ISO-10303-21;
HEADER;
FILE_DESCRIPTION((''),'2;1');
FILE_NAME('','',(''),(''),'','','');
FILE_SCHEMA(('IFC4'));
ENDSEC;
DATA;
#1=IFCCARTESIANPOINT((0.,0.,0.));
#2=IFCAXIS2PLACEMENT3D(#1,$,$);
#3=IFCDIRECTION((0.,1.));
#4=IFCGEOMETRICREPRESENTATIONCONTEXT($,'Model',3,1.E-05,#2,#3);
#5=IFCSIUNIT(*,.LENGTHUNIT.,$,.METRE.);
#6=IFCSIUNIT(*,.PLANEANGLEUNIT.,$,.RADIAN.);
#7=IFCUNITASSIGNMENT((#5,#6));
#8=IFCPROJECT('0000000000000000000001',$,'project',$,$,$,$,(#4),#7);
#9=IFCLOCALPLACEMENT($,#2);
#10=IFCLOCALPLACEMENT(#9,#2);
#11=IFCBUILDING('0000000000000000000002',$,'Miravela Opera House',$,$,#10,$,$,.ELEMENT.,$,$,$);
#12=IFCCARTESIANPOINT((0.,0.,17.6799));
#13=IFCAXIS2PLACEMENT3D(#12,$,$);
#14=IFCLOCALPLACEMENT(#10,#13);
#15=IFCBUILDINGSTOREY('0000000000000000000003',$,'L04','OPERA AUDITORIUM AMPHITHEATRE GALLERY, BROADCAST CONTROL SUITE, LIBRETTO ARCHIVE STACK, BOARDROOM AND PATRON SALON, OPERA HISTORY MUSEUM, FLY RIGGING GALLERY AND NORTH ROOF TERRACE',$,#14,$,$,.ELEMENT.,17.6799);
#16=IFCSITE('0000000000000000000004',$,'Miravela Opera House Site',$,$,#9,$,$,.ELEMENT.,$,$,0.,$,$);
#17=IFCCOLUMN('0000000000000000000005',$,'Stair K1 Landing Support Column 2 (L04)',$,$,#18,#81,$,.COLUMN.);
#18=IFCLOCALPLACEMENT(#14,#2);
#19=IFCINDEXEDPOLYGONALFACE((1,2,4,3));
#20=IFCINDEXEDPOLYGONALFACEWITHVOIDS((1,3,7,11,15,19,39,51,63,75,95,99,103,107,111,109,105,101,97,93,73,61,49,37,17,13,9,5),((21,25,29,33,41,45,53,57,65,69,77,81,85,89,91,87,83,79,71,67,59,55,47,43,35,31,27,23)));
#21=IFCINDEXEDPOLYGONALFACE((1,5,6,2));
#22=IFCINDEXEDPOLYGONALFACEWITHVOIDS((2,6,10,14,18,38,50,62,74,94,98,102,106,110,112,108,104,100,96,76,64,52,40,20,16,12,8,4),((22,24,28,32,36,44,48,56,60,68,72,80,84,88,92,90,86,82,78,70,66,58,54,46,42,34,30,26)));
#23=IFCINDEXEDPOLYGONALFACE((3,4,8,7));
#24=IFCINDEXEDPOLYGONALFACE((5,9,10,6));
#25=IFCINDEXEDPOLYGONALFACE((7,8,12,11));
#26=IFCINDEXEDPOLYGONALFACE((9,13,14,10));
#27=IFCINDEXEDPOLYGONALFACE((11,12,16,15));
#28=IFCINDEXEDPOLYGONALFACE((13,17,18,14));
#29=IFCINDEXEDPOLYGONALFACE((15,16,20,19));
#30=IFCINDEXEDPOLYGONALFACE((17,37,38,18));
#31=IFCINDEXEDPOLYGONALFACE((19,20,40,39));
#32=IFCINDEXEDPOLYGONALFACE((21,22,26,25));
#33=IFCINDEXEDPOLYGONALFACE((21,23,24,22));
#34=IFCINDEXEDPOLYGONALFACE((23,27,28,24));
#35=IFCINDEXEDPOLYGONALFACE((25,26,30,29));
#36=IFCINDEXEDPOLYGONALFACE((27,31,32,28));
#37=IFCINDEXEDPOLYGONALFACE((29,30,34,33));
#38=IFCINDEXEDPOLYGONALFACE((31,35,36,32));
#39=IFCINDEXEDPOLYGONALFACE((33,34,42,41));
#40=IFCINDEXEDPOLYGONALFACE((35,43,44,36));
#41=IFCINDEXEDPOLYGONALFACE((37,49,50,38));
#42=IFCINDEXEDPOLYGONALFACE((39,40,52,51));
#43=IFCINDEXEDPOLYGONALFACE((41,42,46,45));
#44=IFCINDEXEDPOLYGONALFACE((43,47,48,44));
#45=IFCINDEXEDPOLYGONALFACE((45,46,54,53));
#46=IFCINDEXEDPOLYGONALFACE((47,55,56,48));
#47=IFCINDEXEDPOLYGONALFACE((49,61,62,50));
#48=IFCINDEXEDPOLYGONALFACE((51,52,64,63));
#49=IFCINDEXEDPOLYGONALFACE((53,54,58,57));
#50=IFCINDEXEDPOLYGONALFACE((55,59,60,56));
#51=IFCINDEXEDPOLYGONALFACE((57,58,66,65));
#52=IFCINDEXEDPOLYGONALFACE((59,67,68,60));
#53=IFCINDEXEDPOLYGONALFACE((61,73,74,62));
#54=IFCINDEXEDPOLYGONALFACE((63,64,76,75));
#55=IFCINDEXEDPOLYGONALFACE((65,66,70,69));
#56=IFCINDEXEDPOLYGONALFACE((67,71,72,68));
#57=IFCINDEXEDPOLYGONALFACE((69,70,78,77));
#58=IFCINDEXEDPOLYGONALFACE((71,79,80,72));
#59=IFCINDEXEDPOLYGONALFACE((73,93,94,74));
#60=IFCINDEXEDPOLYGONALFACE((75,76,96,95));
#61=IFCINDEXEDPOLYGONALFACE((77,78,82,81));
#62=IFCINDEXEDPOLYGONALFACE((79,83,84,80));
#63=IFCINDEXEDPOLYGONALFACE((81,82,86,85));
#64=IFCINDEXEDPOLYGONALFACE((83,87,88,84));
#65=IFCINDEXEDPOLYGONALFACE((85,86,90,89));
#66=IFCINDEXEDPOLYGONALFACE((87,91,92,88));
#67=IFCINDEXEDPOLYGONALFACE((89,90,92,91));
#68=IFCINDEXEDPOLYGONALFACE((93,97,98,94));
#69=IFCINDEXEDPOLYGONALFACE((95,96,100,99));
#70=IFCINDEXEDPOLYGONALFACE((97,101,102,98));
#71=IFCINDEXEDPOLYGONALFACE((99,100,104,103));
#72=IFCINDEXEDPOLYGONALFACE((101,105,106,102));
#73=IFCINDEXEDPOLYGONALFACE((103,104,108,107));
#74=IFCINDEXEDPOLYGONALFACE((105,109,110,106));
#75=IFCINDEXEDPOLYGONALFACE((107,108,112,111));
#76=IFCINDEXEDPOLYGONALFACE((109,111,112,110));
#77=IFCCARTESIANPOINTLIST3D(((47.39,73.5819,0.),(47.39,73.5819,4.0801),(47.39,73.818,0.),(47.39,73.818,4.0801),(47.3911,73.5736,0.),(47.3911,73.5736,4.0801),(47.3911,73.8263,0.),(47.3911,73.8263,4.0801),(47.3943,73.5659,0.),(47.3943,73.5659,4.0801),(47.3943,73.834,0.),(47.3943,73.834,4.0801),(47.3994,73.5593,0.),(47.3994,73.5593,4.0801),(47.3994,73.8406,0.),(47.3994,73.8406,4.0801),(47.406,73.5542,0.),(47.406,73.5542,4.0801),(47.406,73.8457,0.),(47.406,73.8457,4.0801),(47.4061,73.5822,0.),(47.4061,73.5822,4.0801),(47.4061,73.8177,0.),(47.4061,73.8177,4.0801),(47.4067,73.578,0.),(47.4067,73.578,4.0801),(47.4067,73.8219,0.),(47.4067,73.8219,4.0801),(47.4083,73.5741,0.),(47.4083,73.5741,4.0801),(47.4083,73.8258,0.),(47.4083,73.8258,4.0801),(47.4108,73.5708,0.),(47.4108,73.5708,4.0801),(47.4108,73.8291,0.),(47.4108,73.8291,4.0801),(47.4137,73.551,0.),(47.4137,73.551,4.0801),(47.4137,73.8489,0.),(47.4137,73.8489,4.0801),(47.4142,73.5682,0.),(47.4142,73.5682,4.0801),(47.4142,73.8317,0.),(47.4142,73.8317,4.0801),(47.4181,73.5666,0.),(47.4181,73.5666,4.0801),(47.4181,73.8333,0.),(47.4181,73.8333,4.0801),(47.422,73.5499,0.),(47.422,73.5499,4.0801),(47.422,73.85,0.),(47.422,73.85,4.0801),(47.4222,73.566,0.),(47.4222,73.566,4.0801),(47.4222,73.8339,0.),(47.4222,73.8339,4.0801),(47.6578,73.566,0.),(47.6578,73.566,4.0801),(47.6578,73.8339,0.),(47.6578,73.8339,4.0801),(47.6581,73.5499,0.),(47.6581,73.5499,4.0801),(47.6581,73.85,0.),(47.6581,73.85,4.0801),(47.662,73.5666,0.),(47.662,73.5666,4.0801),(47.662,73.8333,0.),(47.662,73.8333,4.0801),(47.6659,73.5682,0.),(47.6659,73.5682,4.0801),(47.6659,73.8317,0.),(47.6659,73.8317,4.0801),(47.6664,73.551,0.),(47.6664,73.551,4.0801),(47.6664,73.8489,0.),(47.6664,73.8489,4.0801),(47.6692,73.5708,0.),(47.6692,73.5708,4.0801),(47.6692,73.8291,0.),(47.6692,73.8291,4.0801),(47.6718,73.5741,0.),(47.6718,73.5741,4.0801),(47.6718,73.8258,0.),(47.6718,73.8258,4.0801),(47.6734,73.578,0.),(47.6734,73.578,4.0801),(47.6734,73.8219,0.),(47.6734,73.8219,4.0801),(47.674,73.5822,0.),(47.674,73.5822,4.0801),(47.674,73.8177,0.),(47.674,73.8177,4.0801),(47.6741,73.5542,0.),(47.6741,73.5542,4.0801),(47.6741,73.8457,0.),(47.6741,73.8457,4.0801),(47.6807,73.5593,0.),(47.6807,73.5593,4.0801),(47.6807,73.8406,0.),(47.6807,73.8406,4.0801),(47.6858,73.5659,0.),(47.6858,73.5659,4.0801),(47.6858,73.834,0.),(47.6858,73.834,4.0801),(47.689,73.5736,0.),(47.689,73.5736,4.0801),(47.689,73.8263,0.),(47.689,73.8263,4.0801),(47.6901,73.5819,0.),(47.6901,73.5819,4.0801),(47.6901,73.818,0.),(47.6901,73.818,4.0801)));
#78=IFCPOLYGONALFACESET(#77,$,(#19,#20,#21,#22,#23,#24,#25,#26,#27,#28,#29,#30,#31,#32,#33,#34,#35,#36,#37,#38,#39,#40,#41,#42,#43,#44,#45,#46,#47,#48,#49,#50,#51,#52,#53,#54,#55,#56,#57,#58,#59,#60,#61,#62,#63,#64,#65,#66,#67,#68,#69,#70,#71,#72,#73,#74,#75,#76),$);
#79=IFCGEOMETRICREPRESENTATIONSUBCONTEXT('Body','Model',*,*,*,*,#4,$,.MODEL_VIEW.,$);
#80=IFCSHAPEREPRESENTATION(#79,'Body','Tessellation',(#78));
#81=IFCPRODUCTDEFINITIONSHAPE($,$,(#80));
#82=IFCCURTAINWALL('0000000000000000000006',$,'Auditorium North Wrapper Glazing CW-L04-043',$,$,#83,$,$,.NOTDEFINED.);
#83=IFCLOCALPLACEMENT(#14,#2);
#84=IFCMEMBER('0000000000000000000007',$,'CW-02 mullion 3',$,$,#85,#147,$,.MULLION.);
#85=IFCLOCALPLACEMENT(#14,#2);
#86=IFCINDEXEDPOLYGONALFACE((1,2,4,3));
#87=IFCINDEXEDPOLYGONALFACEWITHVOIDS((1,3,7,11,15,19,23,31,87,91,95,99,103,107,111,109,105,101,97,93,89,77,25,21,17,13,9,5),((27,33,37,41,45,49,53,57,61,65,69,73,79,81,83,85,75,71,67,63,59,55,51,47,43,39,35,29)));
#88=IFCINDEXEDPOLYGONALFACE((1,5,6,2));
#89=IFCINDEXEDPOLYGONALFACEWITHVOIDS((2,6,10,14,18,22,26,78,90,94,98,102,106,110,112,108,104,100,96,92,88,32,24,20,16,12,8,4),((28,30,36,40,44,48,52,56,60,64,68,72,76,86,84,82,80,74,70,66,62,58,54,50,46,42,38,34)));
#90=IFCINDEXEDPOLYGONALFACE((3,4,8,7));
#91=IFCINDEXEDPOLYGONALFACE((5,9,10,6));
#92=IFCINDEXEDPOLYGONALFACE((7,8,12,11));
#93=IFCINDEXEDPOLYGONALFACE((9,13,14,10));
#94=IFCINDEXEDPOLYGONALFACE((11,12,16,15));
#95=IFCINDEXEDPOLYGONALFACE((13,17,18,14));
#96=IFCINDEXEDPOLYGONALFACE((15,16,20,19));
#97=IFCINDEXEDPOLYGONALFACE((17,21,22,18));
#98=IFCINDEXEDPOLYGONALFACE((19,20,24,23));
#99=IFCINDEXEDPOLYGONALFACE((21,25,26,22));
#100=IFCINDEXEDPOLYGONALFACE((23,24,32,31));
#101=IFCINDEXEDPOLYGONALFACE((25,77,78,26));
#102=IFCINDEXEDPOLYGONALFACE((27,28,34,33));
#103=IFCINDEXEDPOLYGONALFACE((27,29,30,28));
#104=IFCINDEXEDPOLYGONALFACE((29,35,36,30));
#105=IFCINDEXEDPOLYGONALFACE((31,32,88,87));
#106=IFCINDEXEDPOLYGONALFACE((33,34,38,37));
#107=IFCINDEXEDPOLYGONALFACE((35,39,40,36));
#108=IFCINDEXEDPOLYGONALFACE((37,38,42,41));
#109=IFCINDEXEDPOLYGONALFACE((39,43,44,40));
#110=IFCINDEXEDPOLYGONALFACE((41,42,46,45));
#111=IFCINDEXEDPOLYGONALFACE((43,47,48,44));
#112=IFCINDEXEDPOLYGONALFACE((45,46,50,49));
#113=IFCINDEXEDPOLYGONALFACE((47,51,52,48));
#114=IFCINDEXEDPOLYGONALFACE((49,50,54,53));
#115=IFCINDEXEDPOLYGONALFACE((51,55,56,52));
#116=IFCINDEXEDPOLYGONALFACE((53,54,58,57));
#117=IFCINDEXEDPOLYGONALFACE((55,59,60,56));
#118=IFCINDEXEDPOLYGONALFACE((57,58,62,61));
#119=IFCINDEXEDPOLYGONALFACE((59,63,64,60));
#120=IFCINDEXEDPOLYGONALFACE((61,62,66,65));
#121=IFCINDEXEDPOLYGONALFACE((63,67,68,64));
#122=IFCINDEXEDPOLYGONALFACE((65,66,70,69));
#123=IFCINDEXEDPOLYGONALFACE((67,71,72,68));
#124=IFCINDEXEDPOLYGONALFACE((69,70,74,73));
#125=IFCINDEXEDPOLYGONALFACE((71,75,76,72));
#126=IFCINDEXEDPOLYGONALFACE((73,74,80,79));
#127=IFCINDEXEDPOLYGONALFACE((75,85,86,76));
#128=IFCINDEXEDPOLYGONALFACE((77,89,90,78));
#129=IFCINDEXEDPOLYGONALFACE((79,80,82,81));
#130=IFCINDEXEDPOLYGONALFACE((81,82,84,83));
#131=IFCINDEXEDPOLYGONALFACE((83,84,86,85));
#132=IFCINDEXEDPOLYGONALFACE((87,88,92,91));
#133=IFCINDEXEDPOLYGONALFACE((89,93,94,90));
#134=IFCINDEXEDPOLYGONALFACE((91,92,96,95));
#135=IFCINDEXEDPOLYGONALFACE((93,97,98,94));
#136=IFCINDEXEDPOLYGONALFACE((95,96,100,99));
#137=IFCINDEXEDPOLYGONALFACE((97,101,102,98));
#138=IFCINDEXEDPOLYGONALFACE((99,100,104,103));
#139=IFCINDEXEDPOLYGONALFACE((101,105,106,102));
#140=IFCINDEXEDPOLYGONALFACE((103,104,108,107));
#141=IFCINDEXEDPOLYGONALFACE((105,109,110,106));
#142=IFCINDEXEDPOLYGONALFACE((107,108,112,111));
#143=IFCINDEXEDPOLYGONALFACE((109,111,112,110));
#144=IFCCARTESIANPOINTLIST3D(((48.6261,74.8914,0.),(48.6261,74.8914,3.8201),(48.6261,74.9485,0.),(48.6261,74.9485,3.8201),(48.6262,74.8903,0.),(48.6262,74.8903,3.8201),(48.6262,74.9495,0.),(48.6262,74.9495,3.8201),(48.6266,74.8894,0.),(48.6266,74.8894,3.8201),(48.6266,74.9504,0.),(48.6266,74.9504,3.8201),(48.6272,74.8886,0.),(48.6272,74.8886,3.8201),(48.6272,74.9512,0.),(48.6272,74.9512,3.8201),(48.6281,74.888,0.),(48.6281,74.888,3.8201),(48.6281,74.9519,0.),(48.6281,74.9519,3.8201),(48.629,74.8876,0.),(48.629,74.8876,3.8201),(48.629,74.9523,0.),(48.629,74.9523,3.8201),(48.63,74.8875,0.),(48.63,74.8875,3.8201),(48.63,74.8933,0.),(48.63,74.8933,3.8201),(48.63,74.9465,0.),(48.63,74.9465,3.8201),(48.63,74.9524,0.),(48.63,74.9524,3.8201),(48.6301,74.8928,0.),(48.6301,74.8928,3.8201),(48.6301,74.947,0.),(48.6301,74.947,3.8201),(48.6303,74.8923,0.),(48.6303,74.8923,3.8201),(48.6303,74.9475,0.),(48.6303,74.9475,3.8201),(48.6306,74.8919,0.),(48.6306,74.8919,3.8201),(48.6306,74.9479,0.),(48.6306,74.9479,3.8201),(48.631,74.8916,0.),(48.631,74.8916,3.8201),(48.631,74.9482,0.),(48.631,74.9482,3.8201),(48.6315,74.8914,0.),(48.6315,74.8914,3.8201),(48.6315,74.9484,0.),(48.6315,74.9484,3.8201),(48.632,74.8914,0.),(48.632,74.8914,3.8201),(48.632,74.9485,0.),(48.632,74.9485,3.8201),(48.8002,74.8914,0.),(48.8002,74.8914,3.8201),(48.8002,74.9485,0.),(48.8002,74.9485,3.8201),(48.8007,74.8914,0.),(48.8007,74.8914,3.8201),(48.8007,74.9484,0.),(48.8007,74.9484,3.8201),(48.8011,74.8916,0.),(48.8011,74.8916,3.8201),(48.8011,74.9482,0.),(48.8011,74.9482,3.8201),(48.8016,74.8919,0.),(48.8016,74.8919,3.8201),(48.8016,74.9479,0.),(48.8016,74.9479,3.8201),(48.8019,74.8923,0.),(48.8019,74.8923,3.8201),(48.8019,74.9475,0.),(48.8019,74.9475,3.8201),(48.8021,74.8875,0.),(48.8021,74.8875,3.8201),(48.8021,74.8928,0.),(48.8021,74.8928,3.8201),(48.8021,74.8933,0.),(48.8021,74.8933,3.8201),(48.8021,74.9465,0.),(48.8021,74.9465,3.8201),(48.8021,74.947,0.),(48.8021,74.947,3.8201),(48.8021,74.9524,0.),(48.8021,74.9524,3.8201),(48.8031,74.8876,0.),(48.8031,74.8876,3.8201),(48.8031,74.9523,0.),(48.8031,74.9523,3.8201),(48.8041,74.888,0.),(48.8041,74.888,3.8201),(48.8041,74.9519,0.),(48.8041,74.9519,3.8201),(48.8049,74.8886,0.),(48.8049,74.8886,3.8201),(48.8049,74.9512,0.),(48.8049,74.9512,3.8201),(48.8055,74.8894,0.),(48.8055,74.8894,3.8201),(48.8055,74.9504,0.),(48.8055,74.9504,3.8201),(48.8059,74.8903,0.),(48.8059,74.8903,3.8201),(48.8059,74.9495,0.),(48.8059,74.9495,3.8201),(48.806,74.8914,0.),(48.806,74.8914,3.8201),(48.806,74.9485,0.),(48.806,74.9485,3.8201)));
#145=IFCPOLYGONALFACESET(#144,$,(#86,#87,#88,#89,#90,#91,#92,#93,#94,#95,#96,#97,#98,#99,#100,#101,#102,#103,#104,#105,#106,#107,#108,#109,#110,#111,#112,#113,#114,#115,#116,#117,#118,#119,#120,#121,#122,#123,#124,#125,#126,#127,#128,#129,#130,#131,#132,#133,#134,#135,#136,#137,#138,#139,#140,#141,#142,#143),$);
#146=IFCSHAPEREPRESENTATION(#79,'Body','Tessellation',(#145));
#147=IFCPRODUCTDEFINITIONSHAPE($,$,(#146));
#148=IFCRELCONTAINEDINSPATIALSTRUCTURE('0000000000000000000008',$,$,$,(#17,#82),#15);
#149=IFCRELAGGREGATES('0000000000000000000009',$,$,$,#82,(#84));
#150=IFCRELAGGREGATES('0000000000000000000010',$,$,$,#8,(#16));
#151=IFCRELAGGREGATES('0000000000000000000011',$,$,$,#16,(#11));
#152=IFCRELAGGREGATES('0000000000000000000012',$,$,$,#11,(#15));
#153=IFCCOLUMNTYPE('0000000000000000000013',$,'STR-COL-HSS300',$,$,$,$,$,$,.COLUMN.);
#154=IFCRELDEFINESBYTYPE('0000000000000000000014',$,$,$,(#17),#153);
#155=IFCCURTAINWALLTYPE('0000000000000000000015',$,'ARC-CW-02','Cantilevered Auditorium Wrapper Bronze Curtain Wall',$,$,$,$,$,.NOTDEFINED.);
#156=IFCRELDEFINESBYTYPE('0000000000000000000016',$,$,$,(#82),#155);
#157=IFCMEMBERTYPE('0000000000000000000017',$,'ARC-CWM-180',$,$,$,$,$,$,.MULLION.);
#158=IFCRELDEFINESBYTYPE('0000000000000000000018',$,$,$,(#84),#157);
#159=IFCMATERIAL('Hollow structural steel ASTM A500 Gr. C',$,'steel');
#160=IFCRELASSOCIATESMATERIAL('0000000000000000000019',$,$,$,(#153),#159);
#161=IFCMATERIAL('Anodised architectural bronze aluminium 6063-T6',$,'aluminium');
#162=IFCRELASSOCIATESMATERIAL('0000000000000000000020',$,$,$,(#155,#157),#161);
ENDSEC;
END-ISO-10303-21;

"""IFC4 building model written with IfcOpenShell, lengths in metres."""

from ifc_helpers import new_model, si_unit, direction, frame, origin, origin_2d, place, context, subcontext, project, spatial, hollow_rectangle, extrude, material, material_profile, profile_set, type_object, element, aggregate, save


model = new_model("IFC4")

# Units and contexts
model_context = context("Model", 3, precision=1e-05, world=origin(), true_north=direction((0.0, 1.0)))
body_context = subcontext(model_context, "Body", "Model", "MODEL_VIEW")
ifc_project = project(units=[si_unit("LENGTHUNIT", "METRE"), si_unit("PLANEANGLEUNIT", "RADIAN")], contexts=[model_context])

# Site, building, storey
site_placement = place(None, origin())
site = spatial("IfcSite", under=ifc_project, at=site_placement, Name="Miravela Opera House Site", CompositionType="ELEMENT", RefElevation=0.0)
building_placement = place(site_placement, origin())
building = spatial("IfcBuilding", under=site, at=building_placement, Name="Miravela Opera House", CompositionType="ELEMENT")
storey_placement = place(building_placement, frame((0.0, 0.0, 17.6799)))
storey = spatial("IfcBuildingStorey", under=building, at=storey_placement, Name="L04", Description="OPERA AUDITORIUM AMPHITHEATRE GALLERY, BROADCAST CONTROL SUITE, LIBRETTO ARCHIVE STACK, BOARDROOM AND PATRON SALON, OPERA HISTORY MUSEUM, FLY RIGGING GALLERY AND NORTH ROOF TERRACE", CompositionType="ELEMENT", Elevation=17.6799)

# Column
ifc_material_1 = material(Name="Hollow structural steel ASTM A500 Gr. C", Category="steel")
ifc_material_profile_1 = material_profile(ifc_material_1, hollow_rectangle(XDim=0.3, YDim=0.3, WallThickness=0.0161, InnerFilletRadius=0.0161, OuterFilletRadius=0.032, at=origin_2d()), Name="HSS300X300X16")
ifc_profile_set_1 = profile_set([ifc_material_profile_1])
column_type = type_object("IfcColumnType", Name="STR-COL-HSS300", PredefinedType="COLUMN", material=ifc_profile_set_1)
column_placement = place(storey_placement, frame((47.54, 73.7, 0.0), z_axis=(0.0, 0.0, 1.0), x_axis=(1.0, 0.0, 0.0)))
element("IfcColumn", 1, at=column_placement, inside=storey, type_object=column_type, Name="Stair K1 Landing Support Column 2 (L04)", PredefinedType="COLUMN", context=body_context, shape_type="SweptSolid", body=[
    extrude(hollow_rectangle(XDim=0.3, YDim=0.3, WallThickness=0.0161, InnerFilletRadius=0.0161, OuterFilletRadius=0.032, at=origin_2d()), origin(), (0.0, 0.0, 1.0), 4.0801),
])

# Curtain wall, member
ifc_material_2 = material(Name="Anodised architectural bronze aluminium 6063-T6", Category="aluminium")
curtain_wall_type = type_object("IfcCurtainWallType", Name="ARC-CW-02", Description="Cantilevered Auditorium Wrapper Bronze Curtain Wall", PredefinedType="NOTDEFINED", material=ifc_material_2)
curtain_wall_placement = place(storey_placement, origin())
curtain_wall = element("IfcCurtainWall", 2, at=curtain_wall_placement, inside=storey, type_object=curtain_wall_type, Name="Auditorium North Wrapper Glazing CW-L04-043", PredefinedType="NOTDEFINED")
ifc_material_profile_2 = material_profile(ifc_material_2, hollow_rectangle(XDim=0.0649, YDim=0.1799, WallThickness=0.0039, InnerFilletRadius=0.002, OuterFilletRadius=0.0039, at=origin_2d()), Name="CWM-65X180")
ifc_profile_set_2 = profile_set([ifc_material_profile_2])
member_type_1 = type_object("IfcMemberType", Name="ARC-CWM-180", PredefinedType="MULLION", material=ifc_profile_set_2)
member_1_placement = place(storey_placement, frame((48.7161, 74.9199, 0.0), z_axis=(0.0, 0.0, 1.0), x_axis=(0.0, 1.0, 0.0)))
member_1 = element("IfcMember", 3, at=member_1_placement, type_object=member_type_1, Name="CW-02 mullion 3", PredefinedType="MULLION", context=body_context, shape_type="SweptSolid", body=[
    extrude(hollow_rectangle(XDim=0.0649, YDim=0.1799, WallThickness=0.0039, InnerFilletRadius=0.002, OuterFilletRadius=0.0039, at=origin_2d()), origin(), (0.0, 0.0, 1.0), 3.8201),
])
aggregate(curtain_wall, [member_1])

save(model, "model.ifc")
